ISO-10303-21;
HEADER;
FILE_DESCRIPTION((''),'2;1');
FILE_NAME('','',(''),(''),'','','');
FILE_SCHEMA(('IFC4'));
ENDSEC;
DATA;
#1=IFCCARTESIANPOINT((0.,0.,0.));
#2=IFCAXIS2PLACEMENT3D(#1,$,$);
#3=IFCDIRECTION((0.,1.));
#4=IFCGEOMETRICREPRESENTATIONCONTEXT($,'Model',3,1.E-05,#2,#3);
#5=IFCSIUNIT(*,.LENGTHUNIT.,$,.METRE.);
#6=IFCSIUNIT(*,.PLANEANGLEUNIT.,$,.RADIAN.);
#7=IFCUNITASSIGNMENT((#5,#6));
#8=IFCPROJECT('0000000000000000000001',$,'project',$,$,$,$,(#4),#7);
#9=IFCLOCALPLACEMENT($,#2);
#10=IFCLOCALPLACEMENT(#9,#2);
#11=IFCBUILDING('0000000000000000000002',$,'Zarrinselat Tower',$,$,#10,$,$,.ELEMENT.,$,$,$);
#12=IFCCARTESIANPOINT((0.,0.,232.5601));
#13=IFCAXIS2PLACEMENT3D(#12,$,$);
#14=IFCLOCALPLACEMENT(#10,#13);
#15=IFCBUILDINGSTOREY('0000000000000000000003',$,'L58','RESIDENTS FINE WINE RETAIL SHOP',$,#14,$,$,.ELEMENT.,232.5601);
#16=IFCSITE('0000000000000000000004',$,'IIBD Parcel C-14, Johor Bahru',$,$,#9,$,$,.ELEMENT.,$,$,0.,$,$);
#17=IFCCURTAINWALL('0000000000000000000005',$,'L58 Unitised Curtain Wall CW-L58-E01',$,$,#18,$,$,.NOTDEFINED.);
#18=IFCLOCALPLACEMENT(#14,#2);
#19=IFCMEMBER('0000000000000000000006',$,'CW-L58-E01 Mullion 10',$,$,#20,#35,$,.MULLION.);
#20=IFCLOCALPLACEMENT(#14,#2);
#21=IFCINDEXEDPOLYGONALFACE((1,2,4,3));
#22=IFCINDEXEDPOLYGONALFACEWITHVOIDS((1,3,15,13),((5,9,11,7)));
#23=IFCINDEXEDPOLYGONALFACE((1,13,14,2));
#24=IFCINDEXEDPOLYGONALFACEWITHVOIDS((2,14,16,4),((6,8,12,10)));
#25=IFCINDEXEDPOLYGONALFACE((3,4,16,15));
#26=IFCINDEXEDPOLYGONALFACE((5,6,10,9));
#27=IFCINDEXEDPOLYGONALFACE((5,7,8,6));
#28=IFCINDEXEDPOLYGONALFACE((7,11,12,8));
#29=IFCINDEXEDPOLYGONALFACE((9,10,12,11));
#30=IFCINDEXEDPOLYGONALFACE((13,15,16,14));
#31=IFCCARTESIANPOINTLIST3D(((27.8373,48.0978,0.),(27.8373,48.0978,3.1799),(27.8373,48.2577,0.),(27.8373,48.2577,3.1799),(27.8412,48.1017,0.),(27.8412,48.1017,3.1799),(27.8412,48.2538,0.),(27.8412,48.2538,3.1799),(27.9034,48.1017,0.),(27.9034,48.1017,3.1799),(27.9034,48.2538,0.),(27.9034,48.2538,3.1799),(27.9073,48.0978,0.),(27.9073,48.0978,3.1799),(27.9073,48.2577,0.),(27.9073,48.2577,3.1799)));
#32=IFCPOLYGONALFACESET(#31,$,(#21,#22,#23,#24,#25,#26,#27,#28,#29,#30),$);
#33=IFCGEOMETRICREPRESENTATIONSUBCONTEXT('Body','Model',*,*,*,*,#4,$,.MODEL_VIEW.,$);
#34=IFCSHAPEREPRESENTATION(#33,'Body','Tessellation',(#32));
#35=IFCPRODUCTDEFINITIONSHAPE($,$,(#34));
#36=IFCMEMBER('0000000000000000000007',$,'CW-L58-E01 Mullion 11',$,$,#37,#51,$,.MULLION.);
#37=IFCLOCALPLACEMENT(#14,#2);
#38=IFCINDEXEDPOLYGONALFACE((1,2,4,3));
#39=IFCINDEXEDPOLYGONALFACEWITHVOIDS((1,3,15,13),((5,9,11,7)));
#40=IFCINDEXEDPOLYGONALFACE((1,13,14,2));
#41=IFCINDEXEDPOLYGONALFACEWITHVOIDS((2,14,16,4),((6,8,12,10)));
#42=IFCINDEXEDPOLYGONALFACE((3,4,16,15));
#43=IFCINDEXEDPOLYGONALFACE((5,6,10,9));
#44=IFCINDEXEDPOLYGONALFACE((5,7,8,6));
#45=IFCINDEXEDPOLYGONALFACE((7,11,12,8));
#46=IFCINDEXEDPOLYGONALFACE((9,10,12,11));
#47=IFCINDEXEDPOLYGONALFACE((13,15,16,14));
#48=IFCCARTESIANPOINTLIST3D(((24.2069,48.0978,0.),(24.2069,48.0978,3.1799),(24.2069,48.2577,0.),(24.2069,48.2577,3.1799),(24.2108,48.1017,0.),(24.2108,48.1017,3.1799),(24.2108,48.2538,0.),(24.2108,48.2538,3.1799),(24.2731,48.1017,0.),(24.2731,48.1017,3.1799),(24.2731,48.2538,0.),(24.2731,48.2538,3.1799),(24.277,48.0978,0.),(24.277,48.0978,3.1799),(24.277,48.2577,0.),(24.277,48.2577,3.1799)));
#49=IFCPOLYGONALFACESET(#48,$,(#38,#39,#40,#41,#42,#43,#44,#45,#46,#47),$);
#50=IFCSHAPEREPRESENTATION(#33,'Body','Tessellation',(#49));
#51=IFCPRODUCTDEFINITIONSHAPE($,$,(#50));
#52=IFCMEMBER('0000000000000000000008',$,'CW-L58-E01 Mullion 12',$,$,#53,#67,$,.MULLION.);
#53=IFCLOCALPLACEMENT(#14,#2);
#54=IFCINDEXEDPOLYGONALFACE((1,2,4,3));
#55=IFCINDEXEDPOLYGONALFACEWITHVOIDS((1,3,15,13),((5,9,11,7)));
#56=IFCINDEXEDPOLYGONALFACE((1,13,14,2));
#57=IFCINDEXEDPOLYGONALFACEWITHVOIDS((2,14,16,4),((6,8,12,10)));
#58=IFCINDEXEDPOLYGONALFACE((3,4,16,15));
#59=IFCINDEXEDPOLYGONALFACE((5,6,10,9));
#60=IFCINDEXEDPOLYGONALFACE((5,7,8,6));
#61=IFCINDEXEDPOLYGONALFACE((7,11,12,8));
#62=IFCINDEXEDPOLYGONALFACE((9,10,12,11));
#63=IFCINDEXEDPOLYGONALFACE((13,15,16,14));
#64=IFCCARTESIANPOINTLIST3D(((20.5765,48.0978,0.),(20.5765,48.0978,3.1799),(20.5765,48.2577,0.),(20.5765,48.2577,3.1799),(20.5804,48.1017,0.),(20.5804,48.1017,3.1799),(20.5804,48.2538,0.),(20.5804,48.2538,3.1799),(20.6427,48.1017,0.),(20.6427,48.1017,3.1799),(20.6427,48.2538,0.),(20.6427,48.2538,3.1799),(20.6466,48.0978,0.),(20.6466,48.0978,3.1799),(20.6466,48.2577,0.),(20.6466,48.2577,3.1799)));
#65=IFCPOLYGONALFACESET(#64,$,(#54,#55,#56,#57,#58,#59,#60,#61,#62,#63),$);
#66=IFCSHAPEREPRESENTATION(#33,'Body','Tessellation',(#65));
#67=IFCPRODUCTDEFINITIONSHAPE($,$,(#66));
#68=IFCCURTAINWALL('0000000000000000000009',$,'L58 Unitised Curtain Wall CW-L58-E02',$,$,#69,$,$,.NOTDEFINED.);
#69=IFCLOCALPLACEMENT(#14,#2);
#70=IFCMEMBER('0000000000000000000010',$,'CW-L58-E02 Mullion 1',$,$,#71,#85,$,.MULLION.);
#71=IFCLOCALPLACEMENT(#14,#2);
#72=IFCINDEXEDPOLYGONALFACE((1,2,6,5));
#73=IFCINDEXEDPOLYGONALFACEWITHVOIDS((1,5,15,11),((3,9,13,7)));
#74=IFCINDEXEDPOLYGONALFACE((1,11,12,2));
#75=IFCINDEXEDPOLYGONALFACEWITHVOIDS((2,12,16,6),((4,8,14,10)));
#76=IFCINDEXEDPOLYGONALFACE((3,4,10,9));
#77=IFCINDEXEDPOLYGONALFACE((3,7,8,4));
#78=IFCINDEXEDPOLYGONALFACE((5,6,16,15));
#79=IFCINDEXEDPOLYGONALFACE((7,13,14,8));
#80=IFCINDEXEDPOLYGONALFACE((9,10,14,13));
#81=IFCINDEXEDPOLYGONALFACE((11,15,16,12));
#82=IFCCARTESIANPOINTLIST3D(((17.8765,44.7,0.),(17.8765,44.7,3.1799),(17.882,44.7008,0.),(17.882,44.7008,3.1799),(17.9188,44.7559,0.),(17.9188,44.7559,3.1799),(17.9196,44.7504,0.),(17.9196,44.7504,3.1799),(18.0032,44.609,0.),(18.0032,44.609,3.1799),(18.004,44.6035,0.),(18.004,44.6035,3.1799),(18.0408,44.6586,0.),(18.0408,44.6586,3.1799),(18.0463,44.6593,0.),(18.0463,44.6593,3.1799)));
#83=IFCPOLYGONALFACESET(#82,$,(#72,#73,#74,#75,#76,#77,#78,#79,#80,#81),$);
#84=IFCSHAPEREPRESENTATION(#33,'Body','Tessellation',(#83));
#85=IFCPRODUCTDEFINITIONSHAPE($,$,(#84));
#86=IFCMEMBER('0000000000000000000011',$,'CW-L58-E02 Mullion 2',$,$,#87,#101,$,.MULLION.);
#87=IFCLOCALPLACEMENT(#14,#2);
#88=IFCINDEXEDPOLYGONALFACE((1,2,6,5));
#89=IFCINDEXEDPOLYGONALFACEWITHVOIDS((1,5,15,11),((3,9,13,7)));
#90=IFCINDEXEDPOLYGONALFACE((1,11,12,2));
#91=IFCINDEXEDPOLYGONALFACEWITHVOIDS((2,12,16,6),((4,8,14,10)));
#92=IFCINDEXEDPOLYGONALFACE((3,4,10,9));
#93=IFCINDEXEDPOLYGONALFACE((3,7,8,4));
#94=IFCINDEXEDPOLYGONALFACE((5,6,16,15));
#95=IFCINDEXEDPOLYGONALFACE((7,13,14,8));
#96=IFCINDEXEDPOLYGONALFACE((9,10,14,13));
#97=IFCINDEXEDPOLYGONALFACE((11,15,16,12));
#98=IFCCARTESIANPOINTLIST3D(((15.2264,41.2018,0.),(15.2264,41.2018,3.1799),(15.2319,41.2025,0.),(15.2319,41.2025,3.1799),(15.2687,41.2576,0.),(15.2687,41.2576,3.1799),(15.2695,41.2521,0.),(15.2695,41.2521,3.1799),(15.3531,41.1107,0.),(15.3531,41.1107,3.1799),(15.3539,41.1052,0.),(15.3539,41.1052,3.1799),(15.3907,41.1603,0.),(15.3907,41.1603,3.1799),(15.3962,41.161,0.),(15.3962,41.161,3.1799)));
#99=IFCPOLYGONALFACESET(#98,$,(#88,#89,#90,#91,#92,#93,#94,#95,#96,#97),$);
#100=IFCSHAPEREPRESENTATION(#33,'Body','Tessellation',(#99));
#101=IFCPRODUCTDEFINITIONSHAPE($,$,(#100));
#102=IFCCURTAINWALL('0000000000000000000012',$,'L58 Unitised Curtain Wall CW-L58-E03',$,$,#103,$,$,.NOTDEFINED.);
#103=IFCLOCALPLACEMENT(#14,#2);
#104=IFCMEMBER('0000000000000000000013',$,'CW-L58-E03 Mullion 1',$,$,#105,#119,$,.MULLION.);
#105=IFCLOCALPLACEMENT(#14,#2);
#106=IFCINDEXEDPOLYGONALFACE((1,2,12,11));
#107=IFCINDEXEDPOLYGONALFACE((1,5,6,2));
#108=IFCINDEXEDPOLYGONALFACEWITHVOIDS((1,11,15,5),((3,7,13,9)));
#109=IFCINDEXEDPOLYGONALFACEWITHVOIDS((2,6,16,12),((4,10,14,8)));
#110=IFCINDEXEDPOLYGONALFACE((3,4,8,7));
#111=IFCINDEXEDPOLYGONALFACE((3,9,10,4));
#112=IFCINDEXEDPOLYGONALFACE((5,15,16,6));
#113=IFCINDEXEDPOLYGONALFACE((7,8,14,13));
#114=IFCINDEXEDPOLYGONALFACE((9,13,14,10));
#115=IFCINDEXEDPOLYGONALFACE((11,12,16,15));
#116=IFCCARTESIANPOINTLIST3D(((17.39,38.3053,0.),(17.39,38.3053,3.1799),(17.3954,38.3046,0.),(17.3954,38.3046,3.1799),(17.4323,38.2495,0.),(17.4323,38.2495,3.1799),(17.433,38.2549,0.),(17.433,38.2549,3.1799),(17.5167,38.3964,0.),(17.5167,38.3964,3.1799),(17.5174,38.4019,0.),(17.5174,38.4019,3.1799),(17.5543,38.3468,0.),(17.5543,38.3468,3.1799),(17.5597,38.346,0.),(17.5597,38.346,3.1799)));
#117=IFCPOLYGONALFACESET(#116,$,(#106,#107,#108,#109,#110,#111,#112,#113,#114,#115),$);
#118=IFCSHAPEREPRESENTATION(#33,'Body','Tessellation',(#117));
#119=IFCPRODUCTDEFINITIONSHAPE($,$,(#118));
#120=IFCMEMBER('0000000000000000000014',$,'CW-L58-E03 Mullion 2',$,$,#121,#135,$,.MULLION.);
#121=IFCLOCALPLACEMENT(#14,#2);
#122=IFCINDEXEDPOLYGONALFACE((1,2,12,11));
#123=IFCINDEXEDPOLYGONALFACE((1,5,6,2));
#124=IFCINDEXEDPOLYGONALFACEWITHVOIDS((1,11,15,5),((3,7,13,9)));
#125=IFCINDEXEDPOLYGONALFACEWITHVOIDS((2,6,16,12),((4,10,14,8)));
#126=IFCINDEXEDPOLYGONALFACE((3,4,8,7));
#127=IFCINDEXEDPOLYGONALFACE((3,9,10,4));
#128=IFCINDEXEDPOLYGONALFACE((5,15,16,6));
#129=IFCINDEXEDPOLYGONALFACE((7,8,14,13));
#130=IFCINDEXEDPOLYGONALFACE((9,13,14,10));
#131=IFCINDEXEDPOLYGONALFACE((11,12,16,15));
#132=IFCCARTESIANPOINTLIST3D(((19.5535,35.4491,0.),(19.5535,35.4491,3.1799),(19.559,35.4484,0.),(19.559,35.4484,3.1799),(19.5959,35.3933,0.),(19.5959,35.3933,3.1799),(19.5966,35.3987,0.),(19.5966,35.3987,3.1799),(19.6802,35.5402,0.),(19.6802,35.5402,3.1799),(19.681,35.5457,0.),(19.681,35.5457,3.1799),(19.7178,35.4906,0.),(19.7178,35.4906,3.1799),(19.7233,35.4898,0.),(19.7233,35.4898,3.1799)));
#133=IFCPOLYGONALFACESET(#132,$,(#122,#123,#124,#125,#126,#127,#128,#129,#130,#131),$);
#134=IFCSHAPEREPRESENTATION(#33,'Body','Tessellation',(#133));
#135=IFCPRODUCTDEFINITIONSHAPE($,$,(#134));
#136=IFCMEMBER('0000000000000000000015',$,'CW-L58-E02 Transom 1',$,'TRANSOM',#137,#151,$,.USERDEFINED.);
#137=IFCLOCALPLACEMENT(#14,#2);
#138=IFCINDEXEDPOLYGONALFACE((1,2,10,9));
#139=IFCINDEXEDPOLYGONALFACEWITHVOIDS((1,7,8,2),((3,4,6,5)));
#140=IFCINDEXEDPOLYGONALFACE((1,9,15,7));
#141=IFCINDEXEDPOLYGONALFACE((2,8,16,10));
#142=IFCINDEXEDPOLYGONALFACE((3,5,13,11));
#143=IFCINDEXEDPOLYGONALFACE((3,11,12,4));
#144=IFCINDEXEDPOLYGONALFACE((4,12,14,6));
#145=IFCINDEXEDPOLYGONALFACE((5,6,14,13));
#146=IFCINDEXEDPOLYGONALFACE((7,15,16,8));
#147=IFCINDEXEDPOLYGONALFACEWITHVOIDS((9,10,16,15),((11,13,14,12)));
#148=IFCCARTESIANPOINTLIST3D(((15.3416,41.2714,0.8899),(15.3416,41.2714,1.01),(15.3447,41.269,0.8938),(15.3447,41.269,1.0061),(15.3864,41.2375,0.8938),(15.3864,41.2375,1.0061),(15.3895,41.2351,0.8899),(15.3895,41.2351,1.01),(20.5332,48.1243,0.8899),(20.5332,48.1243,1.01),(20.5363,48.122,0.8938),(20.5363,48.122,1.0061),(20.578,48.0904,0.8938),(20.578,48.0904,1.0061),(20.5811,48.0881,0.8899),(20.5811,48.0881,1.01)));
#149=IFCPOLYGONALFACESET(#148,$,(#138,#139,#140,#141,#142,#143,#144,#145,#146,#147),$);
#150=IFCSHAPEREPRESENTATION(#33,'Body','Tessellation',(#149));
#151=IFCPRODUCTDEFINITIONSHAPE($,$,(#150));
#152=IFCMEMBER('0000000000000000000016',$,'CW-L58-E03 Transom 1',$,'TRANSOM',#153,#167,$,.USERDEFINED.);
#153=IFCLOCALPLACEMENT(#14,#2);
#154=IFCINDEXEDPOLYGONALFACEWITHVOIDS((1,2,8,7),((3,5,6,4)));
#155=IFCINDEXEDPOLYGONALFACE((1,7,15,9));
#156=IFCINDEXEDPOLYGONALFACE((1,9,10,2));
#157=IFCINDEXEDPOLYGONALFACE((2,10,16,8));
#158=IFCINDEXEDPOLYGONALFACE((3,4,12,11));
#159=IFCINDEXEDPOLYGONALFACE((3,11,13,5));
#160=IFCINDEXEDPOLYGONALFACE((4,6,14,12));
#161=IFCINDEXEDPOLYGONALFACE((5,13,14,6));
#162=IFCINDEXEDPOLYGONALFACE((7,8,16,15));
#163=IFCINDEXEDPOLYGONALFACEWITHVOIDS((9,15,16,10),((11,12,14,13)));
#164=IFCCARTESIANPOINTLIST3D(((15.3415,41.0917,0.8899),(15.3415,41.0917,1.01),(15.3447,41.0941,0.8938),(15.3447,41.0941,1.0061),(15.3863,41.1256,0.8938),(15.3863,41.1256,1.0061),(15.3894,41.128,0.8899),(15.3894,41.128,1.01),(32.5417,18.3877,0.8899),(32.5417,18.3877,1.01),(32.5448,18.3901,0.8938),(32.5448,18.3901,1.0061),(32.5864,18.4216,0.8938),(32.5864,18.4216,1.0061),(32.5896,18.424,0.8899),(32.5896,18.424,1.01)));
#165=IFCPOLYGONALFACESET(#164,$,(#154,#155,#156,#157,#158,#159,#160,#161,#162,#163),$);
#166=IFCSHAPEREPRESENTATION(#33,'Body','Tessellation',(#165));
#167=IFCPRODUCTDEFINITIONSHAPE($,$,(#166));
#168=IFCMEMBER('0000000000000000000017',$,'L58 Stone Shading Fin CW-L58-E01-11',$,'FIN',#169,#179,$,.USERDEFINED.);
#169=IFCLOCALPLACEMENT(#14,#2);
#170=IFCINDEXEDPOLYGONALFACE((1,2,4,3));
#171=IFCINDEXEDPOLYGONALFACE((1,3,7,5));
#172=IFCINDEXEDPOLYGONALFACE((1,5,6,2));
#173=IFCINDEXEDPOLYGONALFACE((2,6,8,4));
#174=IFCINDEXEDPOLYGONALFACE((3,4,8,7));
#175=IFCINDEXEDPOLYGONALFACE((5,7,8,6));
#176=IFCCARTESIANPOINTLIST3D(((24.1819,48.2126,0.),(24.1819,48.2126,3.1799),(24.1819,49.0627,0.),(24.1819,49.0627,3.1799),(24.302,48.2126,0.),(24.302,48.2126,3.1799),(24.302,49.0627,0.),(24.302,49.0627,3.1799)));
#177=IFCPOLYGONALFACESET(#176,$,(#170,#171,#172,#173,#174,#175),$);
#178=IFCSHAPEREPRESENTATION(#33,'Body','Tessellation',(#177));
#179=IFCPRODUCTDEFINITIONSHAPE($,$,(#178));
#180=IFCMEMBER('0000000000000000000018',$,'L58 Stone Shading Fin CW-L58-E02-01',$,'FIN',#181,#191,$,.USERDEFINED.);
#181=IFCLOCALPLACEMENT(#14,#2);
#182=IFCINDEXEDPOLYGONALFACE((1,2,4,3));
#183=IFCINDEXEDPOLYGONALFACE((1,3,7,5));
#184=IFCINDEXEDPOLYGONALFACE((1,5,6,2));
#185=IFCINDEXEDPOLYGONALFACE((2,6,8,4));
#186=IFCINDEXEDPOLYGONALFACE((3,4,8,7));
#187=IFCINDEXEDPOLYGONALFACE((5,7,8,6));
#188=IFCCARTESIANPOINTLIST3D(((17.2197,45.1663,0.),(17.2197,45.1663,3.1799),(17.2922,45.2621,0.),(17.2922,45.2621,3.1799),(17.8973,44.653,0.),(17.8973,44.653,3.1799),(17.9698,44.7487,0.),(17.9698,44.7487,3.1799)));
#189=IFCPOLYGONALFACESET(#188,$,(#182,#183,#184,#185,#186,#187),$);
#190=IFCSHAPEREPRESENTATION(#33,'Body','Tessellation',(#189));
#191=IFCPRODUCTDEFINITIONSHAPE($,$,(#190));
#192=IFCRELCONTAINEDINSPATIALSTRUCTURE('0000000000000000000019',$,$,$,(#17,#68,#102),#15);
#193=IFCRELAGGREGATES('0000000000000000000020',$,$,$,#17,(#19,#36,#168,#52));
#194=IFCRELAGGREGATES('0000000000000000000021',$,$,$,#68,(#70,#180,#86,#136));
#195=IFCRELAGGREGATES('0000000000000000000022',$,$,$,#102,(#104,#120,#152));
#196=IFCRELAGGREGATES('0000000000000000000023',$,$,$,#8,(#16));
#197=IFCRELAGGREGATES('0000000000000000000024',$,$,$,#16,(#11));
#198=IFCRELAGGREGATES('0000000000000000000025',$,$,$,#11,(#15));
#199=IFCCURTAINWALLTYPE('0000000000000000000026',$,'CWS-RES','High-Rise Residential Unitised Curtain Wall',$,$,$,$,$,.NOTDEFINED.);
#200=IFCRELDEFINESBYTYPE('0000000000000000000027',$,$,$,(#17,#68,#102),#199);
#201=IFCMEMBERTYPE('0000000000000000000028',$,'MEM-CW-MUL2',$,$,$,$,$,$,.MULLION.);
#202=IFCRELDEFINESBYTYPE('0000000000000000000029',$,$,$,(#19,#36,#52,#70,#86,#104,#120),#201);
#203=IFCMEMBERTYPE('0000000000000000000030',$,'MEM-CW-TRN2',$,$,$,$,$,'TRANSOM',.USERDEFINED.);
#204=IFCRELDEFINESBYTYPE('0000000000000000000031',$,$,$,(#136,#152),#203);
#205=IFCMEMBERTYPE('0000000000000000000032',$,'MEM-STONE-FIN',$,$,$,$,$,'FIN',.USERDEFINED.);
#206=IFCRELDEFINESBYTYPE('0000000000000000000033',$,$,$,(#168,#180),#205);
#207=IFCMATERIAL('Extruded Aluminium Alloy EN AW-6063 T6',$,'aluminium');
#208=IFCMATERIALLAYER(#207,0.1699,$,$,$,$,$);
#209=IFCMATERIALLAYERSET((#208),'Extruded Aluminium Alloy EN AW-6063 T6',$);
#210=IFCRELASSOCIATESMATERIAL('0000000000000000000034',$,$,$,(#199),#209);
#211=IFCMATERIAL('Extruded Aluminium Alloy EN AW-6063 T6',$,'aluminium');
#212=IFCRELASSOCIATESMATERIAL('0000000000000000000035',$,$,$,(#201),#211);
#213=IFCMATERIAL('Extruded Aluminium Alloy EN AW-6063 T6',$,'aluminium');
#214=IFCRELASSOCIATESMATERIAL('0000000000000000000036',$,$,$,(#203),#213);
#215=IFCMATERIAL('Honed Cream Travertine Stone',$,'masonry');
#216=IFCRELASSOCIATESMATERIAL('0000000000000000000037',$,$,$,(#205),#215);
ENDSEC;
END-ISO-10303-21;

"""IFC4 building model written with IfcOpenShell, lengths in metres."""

from ifc_helpers import new_model, si_unit, direction, frame, origin, origin_2d, place, context, subcontext, project, spatial, rectangle, hollow_rectangle, extrude, material, layer, layer_set, material_profile, profile_set, type_object, element, aggregate, save


model = new_model("IFC4")

# Units and contexts
model_context = context("Model", 3, precision=1e-05, world=origin(), true_north=direction((0.0, 1.0)))
body_context = subcontext(model_context, "Body", "Model", "MODEL_VIEW")
ifc_project = project(units=[si_unit("LENGTHUNIT", "METRE"), si_unit("PLANEANGLEUNIT", "RADIAN")], contexts=[model_context])

# Site, building, storey
site_placement = place(None, origin())
site = spatial("IfcSite", under=ifc_project, at=site_placement, Name="IIBD Parcel C-14, Johor Bahru", CompositionType="ELEMENT", RefElevation=0.0)
building_placement = place(site_placement, origin())
building = spatial("IfcBuilding", under=site, at=building_placement, Name="Zarrinselat Tower", CompositionType="ELEMENT")
storey_placement = place(building_placement, frame((0.0, 0.0, 232.5601)))
storey = spatial("IfcBuildingStorey", under=building, at=storey_placement, Name="L58", Description="RESIDENTS FINE WINE RETAIL SHOP", CompositionType="ELEMENT", Elevation=232.5601)

# Curtain walls, members
ifc_material_1 = material(Name="Extruded Aluminium Alloy EN AW-6063 T6", Category="aluminium")
ifc_layer_1 = layer(ifc_material_1, 0.1699)
ifc_layer_set_1 = layer_set([ifc_layer_1], Name="Extruded Aluminium Alloy EN AW-6063 T6")
curtain_wall_type = type_object("IfcCurtainWallType", Name="CWS-RES", Description="High-Rise Residential Unitised Curtain Wall", PredefinedType="NOTDEFINED", material=ifc_layer_set_1)
curtain_wall_1_placement = place(storey_placement, origin())
curtain_wall_1 = element("IfcCurtainWall", 1, at=curtain_wall_1_placement, inside=storey, type_object=curtain_wall_type, Name="L58 Unitised Curtain Wall CW-L58-E01", PredefinedType="NOTDEFINED")
ifc_material_2 = material(Name="Extruded Aluminium Alloy EN AW-6063 T6", Category="aluminium")
ifc_material_profile_1 = material_profile(ifc_material_2, hollow_rectangle(XDim=0.0701, YDim=0.1599, WallThickness=0.0039, at=origin_2d()), Name="RHS 160x70x4")
ifc_profile_set_1 = profile_set([ifc_material_profile_1], Name="Extruded Aluminium Alloy EN AW-6063 T6")
member_type_1 = type_object("IfcMemberType", Name="MEM-CW-MUL2", PredefinedType="MULLION", material=ifc_profile_set_1)
member_1_placement = place(storey_placement, frame((27.8723, 48.1777, 0.0), z_axis=(0.0, 0.0, 1.0), x_axis=(-1.0, 0.0, 0.0)))
member_1 = element("IfcMember", 2, at=member_1_placement, type_object=member_type_1, Name="CW-L58-E01 Mullion 10", PredefinedType="MULLION", context=body_context, shape_type="SweptSolid", body=[
    extrude(hollow_rectangle(XDim=0.0701, YDim=0.1599, WallThickness=0.0039, at=origin_2d()), origin(), (0.0, 0.0, 1.0), 3.1799),
])
member_2_placement = place(storey_placement, frame((24.2419, 48.1777, 0.0), z_axis=(0.0, 0.0, 1.0), x_axis=(-1.0, 0.0, 0.0)))
member_2 = element("IfcMember", 3, at=member_2_placement, type_object=member_type_1, Name="CW-L58-E01 Mullion 11", PredefinedType="MULLION", context=body_context, shape_type="SweptSolid", body=[
    extrude(hollow_rectangle(XDim=0.0701, YDim=0.1599, WallThickness=0.0039, at=origin_2d()), origin(), (0.0, 0.0, 1.0), 3.1799),
])
member_3_placement = place(storey_placement, frame((20.6116, 48.1777, 0.0), z_axis=(0.0, 0.0, 1.0), x_axis=(-1.0, 0.0, 0.0)))
member_3 = element("IfcMember", 4, at=member_3_placement, type_object=member_type_1, Name="CW-L58-E01 Mullion 12", PredefinedType="MULLION", context=body_context, shape_type="SweptSolid", body=[
    extrude(hollow_rectangle(XDim=0.0701, YDim=0.1599, WallThickness=0.0039, at=origin_2d()), origin(), (0.0, 0.0, 1.0), 3.1799),
])
curtain_wall_2_placement = place(storey_placement, origin())
curtain_wall_2 = element("IfcCurtainWall", 5, at=curtain_wall_2_placement, inside=storey, type_object=curtain_wall_type, Name="L58 Unitised Curtain Wall CW-L58-E02", PredefinedType="NOTDEFINED")
member_4_placement = place(storey_placement, frame((17.9614, 44.6797, 0.0), z_axis=(0.0, 0.0, 1.0), x_axis=(-0.603856, -0.797094, 0.0)))
member_4 = element("IfcMember", 6, at=member_4_placement, type_object=member_type_1, Name="CW-L58-E02 Mullion 1", PredefinedType="MULLION", context=body_context, shape_type="SweptSolid", body=[
    extrude(hollow_rectangle(XDim=0.0701, YDim=0.1599, WallThickness=0.0039, at=origin_2d()), origin(), (0.0, 0.0, 1.0), 3.1799),
])
member_5_placement = place(storey_placement, frame((15.3113, 41.1814, 0.0), z_axis=(0.0, 0.0, 1.0), x_axis=(-0.603856, -0.797094, 0.0)))
member_5 = element("IfcMember", 7, at=member_5_placement, type_object=member_type_1, Name="CW-L58-E02 Mullion 2", PredefinedType="MULLION", context=body_context, shape_type="SweptSolid", body=[
    extrude(hollow_rectangle(XDim=0.0701, YDim=0.1599, WallThickness=0.0039, at=origin_2d()), origin(), (0.0, 0.0, 1.0), 3.1799),
])
curtain_wall_3_placement = place(storey_placement, origin())
curtain_wall_3 = element("IfcCurtainWall", 8, at=curtain_wall_3_placement, inside=storey, type_object=curtain_wall_type, Name="L58 Unitised Curtain Wall CW-L58-E03", PredefinedType="NOTDEFINED")
member_6_placement = place(storey_placement, frame((17.4749, 38.3257, 0.0), z_axis=(0.0, 0.0, 1.0), x_axis=(0.603857, -0.797092, 0.0)))
member_6 = element("IfcMember", 9, at=member_6_placement, type_object=member_type_1, Name="CW-L58-E03 Mullion 1", PredefinedType="MULLION", context=body_context, shape_type="SweptSolid", body=[
    extrude(hollow_rectangle(XDim=0.0701, YDim=0.1599, WallThickness=0.0039, at=origin_2d()), origin(), (0.0, 0.0, 1.0), 3.1799),
])
member_7_placement = place(storey_placement, frame((19.6384, 35.4695, 0.0), z_axis=(0.0, 0.0, 1.0), x_axis=(0.603857, -0.797092, 0.0)))
member_7 = element("IfcMember", 10, at=member_7_placement, type_object=member_type_1, Name="CW-L58-E03 Mullion 2", PredefinedType="MULLION", context=body_context, shape_type="SweptSolid", body=[
    extrude(hollow_rectangle(XDim=0.0701, YDim=0.1599, WallThickness=0.0039, at=origin_2d()), origin(), (0.0, 0.0, 1.0), 3.1799),
])

# Members
ifc_material_3 = material(Name="Extruded Aluminium Alloy EN AW-6063 T6", Category="aluminium")
ifc_material_profile_2 = material_profile(ifc_material_3, hollow_rectangle(XDim=0.0601, YDim=0.1201, WallThickness=0.0039, at=origin_2d()), Name="RHS 120x60x4")
ifc_profile_set_2 = profile_set([ifc_material_profile_2], Name="Extruded Aluminium Alloy EN AW-6063 T6")
member_type_2 = type_object("IfcMemberType", Name="MEM-CW-TRN2", ElementType="TRANSOM", PredefinedType="USERDEFINED", material=ifc_profile_set_2)
member_8_placement = place(storey_placement, frame((20.5571, 48.1062, 0.95), z_axis=(-0.603855, -0.797094, 0.0), x_axis=(0.797094, -0.603855, 0.0)))
member_8 = element("IfcMember", 11, at=member_8_placement, type_object=member_type_2, Name="CW-L58-E02 Transom 1", ObjectType="TRANSOM", PredefinedType="USERDEFINED", context=body_context, shape_type="SweptSolid", body=[
    extrude(hollow_rectangle(XDim=0.0601, YDim=0.1201, WallThickness=0.0039, at=origin_2d()), origin(), (0.0, 0.0, 1.0), 8.5974),
])
member_9_placement = place(storey_placement, frame((15.3655, 41.1099, 0.95), z_axis=(0.60386, -0.79709, 0.0), x_axis=(0.79709, 0.60386, 0.0)))
member_9 = element("IfcMember", 12, at=member_9_placement, type_object=member_type_2, Name="CW-L58-E03 Transom 1", ObjectType="TRANSOM", PredefinedType="USERDEFINED", context=body_context, shape_type="SweptSolid", body=[
    extrude(hollow_rectangle(XDim=0.0601, YDim=0.1201, WallThickness=0.0039, at=origin_2d()), origin(), (0.0, 0.0, 1.0), 28.4836),
])
ifc_material_4 = material(Name="Honed Cream Travertine Stone", Category="masonry")
ifc_material_profile_3 = material_profile(ifc_material_4, rectangle(XDim=0.1201, YDim=0.8501, at=origin_2d()), Name="FIN 850x120")
ifc_profile_set_3 = profile_set([ifc_material_profile_3], Name="Honed Cream Travertine Stone")
member_type_3 = type_object("IfcMemberType", Name="MEM-STONE-FIN", ElementType="FIN", PredefinedType="USERDEFINED", material=ifc_profile_set_3)
member_10_placement = place(storey_placement, frame((24.2419, 48.6377, 0.0), z_axis=(0.0, 0.0, 1.0), x_axis=(1.0, 0.0, 0.0)))
member_10 = element("IfcMember", 13, at=member_10_placement, type_object=member_type_3, Name="L58 Stone Shading Fin CW-L58-E01-11", ObjectType="FIN", PredefinedType="USERDEFINED", context=body_context, shape_type="SweptSolid", body=[
    extrude(rectangle(XDim=0.1201, YDim=0.8501, at=origin_2d()), origin(), (0.0, 0.0, 1.0), 3.1799),
])
member_11_placement = place(storey_placement, frame((17.5947, 44.9575, 0.0), z_axis=(0.0, 0.0, 1.0), x_axis=(0.603856, 0.797094, 0.0)))
member_11 = element("IfcMember", 14, at=member_11_placement, type_object=member_type_3, Name="L58 Stone Shading Fin CW-L58-E02-01", ObjectType="FIN", PredefinedType="USERDEFINED", context=body_context, shape_type="SweptSolid", body=[
    extrude(rectangle(XDim=0.1201, YDim=0.8501, at=origin_2d()), origin(), (0.0, 0.0, 1.0), 3.1799),
])

aggregate(curtain_wall_1, [member_1, member_2, member_10, member_3])
aggregate(curtain_wall_2, [member_4, member_11, member_5, member_8])
aggregate(curtain_wall_3, [member_6, member_7, member_9])

save(model, "model.ifc")
